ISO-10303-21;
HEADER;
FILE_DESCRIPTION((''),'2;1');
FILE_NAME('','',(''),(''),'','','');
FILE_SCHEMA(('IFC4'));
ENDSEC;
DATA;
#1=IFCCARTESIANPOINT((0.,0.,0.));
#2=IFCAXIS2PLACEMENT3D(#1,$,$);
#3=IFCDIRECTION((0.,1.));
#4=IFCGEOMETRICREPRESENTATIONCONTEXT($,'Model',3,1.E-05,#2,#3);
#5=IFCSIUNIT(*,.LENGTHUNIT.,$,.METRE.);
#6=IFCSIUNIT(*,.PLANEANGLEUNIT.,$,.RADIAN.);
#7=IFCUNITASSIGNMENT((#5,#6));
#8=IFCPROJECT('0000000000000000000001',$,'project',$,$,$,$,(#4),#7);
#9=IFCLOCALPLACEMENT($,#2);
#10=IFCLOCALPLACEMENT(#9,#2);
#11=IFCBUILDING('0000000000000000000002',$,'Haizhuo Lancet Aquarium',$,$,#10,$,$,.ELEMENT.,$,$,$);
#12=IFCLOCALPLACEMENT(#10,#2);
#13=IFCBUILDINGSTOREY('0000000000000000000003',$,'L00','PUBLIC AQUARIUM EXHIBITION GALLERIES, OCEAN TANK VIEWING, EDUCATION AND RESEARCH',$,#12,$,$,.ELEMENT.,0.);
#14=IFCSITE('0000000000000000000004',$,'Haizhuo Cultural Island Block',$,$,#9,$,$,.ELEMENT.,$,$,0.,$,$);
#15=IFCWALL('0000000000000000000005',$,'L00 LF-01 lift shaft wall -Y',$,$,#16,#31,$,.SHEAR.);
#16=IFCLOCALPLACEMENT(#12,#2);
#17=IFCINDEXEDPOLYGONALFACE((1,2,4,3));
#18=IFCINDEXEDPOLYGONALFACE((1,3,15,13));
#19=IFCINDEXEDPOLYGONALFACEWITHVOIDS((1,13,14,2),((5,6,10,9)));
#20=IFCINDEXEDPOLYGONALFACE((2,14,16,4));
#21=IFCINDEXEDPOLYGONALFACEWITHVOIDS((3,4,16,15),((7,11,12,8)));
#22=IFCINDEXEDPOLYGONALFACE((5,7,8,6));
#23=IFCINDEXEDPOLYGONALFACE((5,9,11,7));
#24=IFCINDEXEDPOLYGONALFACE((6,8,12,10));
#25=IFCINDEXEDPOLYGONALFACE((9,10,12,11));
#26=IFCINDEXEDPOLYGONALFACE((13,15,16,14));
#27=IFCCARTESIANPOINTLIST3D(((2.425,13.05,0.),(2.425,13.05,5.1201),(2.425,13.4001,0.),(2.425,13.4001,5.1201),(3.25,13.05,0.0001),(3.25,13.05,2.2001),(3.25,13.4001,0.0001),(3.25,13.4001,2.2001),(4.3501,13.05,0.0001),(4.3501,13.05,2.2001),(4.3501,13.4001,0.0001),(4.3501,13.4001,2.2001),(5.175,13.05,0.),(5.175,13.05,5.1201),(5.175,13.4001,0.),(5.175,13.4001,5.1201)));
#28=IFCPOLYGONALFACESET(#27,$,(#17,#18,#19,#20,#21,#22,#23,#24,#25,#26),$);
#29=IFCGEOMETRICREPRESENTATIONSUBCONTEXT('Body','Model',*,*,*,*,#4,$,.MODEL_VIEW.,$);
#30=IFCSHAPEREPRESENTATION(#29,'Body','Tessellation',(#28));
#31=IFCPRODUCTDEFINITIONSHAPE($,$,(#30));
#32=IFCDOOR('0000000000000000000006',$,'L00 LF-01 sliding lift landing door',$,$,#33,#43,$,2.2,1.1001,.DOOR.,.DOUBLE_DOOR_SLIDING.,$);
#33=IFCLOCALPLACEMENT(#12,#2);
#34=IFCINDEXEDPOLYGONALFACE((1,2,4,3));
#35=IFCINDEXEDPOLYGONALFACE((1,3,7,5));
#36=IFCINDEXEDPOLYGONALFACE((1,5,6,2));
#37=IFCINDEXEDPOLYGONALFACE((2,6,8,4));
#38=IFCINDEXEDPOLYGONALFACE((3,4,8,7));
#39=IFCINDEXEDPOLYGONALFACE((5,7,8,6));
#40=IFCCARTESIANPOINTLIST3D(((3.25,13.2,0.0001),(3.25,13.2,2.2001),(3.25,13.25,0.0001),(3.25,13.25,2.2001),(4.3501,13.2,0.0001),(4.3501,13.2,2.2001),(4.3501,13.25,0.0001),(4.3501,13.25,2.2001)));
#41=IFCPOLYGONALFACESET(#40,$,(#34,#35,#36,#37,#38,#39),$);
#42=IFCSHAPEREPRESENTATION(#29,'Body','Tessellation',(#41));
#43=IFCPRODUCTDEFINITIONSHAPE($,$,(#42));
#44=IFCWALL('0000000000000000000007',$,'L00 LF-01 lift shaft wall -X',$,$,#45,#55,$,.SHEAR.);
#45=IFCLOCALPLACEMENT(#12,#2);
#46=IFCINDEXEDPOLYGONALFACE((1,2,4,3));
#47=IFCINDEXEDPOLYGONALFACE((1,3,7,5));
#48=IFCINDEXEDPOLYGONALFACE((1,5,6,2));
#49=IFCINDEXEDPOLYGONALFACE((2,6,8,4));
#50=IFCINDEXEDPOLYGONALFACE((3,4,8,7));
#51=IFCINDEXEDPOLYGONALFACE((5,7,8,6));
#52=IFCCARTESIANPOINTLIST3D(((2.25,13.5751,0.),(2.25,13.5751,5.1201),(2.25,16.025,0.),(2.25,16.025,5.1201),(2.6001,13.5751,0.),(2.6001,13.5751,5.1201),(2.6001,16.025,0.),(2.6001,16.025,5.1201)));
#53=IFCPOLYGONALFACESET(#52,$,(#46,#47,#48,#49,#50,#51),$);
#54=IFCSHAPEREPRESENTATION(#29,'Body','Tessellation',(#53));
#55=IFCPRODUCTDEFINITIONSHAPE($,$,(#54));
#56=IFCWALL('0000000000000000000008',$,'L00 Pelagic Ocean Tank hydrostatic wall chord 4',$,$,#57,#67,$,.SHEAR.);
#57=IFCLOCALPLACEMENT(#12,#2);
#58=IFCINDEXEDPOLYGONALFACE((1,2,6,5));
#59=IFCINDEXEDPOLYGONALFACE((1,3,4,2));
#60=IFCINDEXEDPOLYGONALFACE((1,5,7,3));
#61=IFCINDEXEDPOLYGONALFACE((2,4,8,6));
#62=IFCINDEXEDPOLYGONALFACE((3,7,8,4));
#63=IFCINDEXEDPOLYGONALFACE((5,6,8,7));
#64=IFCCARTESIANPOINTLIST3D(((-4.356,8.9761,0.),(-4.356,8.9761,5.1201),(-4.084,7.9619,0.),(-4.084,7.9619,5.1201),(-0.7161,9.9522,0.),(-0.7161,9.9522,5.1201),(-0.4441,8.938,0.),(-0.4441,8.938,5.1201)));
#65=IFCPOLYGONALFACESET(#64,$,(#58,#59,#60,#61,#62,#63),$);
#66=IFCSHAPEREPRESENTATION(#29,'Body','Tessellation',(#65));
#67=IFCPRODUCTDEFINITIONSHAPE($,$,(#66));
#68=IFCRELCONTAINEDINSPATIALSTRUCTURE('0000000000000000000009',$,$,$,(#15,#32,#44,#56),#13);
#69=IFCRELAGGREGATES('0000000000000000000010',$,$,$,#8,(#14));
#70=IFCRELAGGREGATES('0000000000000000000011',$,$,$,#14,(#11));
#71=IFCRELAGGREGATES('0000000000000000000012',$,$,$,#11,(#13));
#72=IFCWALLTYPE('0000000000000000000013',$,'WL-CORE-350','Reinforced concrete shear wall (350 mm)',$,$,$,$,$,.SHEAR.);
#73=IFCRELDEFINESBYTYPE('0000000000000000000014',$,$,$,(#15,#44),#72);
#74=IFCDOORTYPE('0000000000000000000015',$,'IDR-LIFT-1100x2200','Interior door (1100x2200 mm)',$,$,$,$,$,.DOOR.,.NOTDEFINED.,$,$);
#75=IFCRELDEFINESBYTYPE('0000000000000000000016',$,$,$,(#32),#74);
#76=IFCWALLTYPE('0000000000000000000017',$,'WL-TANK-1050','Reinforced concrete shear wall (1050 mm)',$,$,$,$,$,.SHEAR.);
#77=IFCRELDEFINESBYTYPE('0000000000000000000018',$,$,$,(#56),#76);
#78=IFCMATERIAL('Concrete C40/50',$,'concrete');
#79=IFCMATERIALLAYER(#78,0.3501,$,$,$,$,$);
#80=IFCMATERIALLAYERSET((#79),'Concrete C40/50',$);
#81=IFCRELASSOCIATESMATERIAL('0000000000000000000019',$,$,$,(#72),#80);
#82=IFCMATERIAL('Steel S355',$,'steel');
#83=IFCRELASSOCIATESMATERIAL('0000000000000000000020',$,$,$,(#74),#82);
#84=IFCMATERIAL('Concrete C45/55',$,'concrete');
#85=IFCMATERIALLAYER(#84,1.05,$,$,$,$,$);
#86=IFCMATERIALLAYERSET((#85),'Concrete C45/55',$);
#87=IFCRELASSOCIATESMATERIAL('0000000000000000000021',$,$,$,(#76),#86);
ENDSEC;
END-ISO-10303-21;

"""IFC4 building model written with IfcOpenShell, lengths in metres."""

from ifc_helpers import new_model, si_unit, direction, frame, frame_2d, origin, place, context, subcontext, project, spatial, rectangle, extrude, material, layer, layer_set, type_object, element, fill, save


model = new_model("IFC4")

# Units and contexts
model_context = context("Model", 3, precision=1e-05, world=origin(), true_north=direction((0.0, 1.0)))
body_context = subcontext(model_context, "Body", "Model", "MODEL_VIEW")
ifc_project = project(units=[si_unit("LENGTHUNIT", "METRE"), si_unit("PLANEANGLEUNIT", "RADIAN")], contexts=[model_context])

# Site, building, storey
site_placement = place(None, origin())
site = spatial("IfcSite", under=ifc_project, at=site_placement, Name="Haizhuo Cultural Island Block", CompositionType="ELEMENT", RefElevation=0.0)
building_placement = place(site_placement, origin())
building = spatial("IfcBuilding", under=site, at=building_placement, Name="Haizhuo Lancet Aquarium", CompositionType="ELEMENT")
storey_placement = place(building_placement, origin())
storey = spatial("IfcBuildingStorey", under=building, at=storey_placement, Name="L00", Description="PUBLIC AQUARIUM EXHIBITION GALLERIES, OCEAN TANK VIEWING, EDUCATION AND RESEARCH", CompositionType="ELEMENT", Elevation=0.0)

# Shared definitions
ifc_material_1 = material(Name="Concrete C40/50", Category="concrete")
ifc_material_2 = material(Name="Steel S355", Category="steel")

# Wall, opening, door
ifc_layer_1 = layer(ifc_material_1, 0.3501)
ifc_layer_set_1 = layer_set([ifc_layer_1], Name="Concrete C40/50")
wall_type_1 = type_object("IfcWallType", Name="WL-CORE-350", Description="Reinforced concrete shear wall (350 mm)", PredefinedType="SHEAR", material=ifc_layer_set_1)
wall_1_placement = place(storey_placement, frame((2.425, 13.2251, 0.0), z_axis=(0.0, 0.0, 1.0), x_axis=(1.0, 0.0, 0.0)))
wall_1 = element("IfcWall", 1, at=wall_1_placement, inside=storey, type_object=wall_type_1, Name="L00 LF-01 lift shaft wall -Y", PredefinedType="SHEAR", context=body_context, shape_type="SweptSolid", body=[
    extrude(rectangle(XDim=2.75, YDim=0.3501, at=frame_2d((1.375, 0.0))), origin(), (0.0, 0.0, 1.0), 5.1201),
])
opening_1_placement = place(wall_1_placement, frame((0.825, 0.0, 0.0)))
opening_1 = element("IfcOpeningElement", 2, at=opening_1_placement, cuts=wall_1, PredefinedType="OPENING", context=body_context, shape_type="SweptSolid", body=[
    extrude(rectangle(XDim=1.1001, YDim=2.2, at=frame_2d((0.55, 1.1001))), frame((0.0, 0.1851, 0.0), z_axis=(0.0, -1.0, 0.0), x_axis=(1.0, 0.0, 0.0)), (0.0, 0.0, 1.0), 0.3701),
])
door_type_1 = type_object("IfcDoorType", Name="IDR-LIFT-1100x2200", Description="Interior door (1100x2200 mm)", OperationType="NOTDEFINED", PredefinedType="DOOR", material=ifc_material_2)
door_1_placement = place(opening_1_placement, origin())
door_1 = element("IfcDoor", 3, at=door_1_placement, inside=storey, type_object=door_type_1, Name="L00 LF-01 sliding lift landing door", OperationType="DOUBLE_DOOR_SLIDING", OverallHeight=2.2, OverallWidth=1.1001, PredefinedType="DOOR", context=body_context, shape_type="SweptSolid", body=[
    extrude(rectangle(XDim=1.1001, YDim=2.2, at=frame_2d((0.55, 1.1001))), frame((0.0, 0.0249, 0.0), z_axis=(0.0, -1.0, 0.0), x_axis=(1.0, 0.0, 0.0)), (0.0, 0.0, 1.0), 0.05),
])
fill(opening_1, door_1)

# Walls
wall_2_placement = place(storey_placement, frame((2.425, 13.575, 0.0), z_axis=(0.0, 0.0, 1.0), x_axis=(0.0, 1.0, 0.0)))
element("IfcWall", 4, at=wall_2_placement, inside=storey, type_object=wall_type_1, Name="L00 LF-01 lift shaft wall -X", PredefinedType="SHEAR", context=body_context, shape_type="SweptSolid", body=[
    extrude(rectangle(XDim=2.45, YDim=0.3501, at=frame_2d((1.2251, 0.0))), origin(), (0.0, 0.0, 1.0), 5.1201),
])
ifc_material_3 = material(Name="Concrete C45/55", Category="concrete")
ifc_layer_2 = layer(ifc_material_3, 1.05)
ifc_layer_set_2 = layer_set([ifc_layer_2], Name="Concrete C45/55")
wall_type_2 = type_object("IfcWallType", Name="WL-TANK-1050", Description="Reinforced concrete shear wall (1050 mm)", PredefinedType="SHEAR", material=ifc_layer_set_2)
wall_3_placement = place(storey_placement, frame((-0.5801, 9.4451, 0.0), z_axis=(0.0, 0.0, 1.0), x_axis=(-0.965875, -0.259009, 0.0)))
element("IfcWall", 5, at=wall_3_placement, inside=storey, type_object=wall_type_2, Name="L00 Pelagic Ocean Tank hydrostatic wall chord 4", PredefinedType="SHEAR", context=body_context, shape_type="SweptSolid", body=[
    extrude(rectangle(XDim=3.7686, YDim=1.05, at=frame_2d((1.8843, 0.0))), origin(), (0.0, 0.0, 1.0), 5.1201),
])

save(model, "model.ifc")
